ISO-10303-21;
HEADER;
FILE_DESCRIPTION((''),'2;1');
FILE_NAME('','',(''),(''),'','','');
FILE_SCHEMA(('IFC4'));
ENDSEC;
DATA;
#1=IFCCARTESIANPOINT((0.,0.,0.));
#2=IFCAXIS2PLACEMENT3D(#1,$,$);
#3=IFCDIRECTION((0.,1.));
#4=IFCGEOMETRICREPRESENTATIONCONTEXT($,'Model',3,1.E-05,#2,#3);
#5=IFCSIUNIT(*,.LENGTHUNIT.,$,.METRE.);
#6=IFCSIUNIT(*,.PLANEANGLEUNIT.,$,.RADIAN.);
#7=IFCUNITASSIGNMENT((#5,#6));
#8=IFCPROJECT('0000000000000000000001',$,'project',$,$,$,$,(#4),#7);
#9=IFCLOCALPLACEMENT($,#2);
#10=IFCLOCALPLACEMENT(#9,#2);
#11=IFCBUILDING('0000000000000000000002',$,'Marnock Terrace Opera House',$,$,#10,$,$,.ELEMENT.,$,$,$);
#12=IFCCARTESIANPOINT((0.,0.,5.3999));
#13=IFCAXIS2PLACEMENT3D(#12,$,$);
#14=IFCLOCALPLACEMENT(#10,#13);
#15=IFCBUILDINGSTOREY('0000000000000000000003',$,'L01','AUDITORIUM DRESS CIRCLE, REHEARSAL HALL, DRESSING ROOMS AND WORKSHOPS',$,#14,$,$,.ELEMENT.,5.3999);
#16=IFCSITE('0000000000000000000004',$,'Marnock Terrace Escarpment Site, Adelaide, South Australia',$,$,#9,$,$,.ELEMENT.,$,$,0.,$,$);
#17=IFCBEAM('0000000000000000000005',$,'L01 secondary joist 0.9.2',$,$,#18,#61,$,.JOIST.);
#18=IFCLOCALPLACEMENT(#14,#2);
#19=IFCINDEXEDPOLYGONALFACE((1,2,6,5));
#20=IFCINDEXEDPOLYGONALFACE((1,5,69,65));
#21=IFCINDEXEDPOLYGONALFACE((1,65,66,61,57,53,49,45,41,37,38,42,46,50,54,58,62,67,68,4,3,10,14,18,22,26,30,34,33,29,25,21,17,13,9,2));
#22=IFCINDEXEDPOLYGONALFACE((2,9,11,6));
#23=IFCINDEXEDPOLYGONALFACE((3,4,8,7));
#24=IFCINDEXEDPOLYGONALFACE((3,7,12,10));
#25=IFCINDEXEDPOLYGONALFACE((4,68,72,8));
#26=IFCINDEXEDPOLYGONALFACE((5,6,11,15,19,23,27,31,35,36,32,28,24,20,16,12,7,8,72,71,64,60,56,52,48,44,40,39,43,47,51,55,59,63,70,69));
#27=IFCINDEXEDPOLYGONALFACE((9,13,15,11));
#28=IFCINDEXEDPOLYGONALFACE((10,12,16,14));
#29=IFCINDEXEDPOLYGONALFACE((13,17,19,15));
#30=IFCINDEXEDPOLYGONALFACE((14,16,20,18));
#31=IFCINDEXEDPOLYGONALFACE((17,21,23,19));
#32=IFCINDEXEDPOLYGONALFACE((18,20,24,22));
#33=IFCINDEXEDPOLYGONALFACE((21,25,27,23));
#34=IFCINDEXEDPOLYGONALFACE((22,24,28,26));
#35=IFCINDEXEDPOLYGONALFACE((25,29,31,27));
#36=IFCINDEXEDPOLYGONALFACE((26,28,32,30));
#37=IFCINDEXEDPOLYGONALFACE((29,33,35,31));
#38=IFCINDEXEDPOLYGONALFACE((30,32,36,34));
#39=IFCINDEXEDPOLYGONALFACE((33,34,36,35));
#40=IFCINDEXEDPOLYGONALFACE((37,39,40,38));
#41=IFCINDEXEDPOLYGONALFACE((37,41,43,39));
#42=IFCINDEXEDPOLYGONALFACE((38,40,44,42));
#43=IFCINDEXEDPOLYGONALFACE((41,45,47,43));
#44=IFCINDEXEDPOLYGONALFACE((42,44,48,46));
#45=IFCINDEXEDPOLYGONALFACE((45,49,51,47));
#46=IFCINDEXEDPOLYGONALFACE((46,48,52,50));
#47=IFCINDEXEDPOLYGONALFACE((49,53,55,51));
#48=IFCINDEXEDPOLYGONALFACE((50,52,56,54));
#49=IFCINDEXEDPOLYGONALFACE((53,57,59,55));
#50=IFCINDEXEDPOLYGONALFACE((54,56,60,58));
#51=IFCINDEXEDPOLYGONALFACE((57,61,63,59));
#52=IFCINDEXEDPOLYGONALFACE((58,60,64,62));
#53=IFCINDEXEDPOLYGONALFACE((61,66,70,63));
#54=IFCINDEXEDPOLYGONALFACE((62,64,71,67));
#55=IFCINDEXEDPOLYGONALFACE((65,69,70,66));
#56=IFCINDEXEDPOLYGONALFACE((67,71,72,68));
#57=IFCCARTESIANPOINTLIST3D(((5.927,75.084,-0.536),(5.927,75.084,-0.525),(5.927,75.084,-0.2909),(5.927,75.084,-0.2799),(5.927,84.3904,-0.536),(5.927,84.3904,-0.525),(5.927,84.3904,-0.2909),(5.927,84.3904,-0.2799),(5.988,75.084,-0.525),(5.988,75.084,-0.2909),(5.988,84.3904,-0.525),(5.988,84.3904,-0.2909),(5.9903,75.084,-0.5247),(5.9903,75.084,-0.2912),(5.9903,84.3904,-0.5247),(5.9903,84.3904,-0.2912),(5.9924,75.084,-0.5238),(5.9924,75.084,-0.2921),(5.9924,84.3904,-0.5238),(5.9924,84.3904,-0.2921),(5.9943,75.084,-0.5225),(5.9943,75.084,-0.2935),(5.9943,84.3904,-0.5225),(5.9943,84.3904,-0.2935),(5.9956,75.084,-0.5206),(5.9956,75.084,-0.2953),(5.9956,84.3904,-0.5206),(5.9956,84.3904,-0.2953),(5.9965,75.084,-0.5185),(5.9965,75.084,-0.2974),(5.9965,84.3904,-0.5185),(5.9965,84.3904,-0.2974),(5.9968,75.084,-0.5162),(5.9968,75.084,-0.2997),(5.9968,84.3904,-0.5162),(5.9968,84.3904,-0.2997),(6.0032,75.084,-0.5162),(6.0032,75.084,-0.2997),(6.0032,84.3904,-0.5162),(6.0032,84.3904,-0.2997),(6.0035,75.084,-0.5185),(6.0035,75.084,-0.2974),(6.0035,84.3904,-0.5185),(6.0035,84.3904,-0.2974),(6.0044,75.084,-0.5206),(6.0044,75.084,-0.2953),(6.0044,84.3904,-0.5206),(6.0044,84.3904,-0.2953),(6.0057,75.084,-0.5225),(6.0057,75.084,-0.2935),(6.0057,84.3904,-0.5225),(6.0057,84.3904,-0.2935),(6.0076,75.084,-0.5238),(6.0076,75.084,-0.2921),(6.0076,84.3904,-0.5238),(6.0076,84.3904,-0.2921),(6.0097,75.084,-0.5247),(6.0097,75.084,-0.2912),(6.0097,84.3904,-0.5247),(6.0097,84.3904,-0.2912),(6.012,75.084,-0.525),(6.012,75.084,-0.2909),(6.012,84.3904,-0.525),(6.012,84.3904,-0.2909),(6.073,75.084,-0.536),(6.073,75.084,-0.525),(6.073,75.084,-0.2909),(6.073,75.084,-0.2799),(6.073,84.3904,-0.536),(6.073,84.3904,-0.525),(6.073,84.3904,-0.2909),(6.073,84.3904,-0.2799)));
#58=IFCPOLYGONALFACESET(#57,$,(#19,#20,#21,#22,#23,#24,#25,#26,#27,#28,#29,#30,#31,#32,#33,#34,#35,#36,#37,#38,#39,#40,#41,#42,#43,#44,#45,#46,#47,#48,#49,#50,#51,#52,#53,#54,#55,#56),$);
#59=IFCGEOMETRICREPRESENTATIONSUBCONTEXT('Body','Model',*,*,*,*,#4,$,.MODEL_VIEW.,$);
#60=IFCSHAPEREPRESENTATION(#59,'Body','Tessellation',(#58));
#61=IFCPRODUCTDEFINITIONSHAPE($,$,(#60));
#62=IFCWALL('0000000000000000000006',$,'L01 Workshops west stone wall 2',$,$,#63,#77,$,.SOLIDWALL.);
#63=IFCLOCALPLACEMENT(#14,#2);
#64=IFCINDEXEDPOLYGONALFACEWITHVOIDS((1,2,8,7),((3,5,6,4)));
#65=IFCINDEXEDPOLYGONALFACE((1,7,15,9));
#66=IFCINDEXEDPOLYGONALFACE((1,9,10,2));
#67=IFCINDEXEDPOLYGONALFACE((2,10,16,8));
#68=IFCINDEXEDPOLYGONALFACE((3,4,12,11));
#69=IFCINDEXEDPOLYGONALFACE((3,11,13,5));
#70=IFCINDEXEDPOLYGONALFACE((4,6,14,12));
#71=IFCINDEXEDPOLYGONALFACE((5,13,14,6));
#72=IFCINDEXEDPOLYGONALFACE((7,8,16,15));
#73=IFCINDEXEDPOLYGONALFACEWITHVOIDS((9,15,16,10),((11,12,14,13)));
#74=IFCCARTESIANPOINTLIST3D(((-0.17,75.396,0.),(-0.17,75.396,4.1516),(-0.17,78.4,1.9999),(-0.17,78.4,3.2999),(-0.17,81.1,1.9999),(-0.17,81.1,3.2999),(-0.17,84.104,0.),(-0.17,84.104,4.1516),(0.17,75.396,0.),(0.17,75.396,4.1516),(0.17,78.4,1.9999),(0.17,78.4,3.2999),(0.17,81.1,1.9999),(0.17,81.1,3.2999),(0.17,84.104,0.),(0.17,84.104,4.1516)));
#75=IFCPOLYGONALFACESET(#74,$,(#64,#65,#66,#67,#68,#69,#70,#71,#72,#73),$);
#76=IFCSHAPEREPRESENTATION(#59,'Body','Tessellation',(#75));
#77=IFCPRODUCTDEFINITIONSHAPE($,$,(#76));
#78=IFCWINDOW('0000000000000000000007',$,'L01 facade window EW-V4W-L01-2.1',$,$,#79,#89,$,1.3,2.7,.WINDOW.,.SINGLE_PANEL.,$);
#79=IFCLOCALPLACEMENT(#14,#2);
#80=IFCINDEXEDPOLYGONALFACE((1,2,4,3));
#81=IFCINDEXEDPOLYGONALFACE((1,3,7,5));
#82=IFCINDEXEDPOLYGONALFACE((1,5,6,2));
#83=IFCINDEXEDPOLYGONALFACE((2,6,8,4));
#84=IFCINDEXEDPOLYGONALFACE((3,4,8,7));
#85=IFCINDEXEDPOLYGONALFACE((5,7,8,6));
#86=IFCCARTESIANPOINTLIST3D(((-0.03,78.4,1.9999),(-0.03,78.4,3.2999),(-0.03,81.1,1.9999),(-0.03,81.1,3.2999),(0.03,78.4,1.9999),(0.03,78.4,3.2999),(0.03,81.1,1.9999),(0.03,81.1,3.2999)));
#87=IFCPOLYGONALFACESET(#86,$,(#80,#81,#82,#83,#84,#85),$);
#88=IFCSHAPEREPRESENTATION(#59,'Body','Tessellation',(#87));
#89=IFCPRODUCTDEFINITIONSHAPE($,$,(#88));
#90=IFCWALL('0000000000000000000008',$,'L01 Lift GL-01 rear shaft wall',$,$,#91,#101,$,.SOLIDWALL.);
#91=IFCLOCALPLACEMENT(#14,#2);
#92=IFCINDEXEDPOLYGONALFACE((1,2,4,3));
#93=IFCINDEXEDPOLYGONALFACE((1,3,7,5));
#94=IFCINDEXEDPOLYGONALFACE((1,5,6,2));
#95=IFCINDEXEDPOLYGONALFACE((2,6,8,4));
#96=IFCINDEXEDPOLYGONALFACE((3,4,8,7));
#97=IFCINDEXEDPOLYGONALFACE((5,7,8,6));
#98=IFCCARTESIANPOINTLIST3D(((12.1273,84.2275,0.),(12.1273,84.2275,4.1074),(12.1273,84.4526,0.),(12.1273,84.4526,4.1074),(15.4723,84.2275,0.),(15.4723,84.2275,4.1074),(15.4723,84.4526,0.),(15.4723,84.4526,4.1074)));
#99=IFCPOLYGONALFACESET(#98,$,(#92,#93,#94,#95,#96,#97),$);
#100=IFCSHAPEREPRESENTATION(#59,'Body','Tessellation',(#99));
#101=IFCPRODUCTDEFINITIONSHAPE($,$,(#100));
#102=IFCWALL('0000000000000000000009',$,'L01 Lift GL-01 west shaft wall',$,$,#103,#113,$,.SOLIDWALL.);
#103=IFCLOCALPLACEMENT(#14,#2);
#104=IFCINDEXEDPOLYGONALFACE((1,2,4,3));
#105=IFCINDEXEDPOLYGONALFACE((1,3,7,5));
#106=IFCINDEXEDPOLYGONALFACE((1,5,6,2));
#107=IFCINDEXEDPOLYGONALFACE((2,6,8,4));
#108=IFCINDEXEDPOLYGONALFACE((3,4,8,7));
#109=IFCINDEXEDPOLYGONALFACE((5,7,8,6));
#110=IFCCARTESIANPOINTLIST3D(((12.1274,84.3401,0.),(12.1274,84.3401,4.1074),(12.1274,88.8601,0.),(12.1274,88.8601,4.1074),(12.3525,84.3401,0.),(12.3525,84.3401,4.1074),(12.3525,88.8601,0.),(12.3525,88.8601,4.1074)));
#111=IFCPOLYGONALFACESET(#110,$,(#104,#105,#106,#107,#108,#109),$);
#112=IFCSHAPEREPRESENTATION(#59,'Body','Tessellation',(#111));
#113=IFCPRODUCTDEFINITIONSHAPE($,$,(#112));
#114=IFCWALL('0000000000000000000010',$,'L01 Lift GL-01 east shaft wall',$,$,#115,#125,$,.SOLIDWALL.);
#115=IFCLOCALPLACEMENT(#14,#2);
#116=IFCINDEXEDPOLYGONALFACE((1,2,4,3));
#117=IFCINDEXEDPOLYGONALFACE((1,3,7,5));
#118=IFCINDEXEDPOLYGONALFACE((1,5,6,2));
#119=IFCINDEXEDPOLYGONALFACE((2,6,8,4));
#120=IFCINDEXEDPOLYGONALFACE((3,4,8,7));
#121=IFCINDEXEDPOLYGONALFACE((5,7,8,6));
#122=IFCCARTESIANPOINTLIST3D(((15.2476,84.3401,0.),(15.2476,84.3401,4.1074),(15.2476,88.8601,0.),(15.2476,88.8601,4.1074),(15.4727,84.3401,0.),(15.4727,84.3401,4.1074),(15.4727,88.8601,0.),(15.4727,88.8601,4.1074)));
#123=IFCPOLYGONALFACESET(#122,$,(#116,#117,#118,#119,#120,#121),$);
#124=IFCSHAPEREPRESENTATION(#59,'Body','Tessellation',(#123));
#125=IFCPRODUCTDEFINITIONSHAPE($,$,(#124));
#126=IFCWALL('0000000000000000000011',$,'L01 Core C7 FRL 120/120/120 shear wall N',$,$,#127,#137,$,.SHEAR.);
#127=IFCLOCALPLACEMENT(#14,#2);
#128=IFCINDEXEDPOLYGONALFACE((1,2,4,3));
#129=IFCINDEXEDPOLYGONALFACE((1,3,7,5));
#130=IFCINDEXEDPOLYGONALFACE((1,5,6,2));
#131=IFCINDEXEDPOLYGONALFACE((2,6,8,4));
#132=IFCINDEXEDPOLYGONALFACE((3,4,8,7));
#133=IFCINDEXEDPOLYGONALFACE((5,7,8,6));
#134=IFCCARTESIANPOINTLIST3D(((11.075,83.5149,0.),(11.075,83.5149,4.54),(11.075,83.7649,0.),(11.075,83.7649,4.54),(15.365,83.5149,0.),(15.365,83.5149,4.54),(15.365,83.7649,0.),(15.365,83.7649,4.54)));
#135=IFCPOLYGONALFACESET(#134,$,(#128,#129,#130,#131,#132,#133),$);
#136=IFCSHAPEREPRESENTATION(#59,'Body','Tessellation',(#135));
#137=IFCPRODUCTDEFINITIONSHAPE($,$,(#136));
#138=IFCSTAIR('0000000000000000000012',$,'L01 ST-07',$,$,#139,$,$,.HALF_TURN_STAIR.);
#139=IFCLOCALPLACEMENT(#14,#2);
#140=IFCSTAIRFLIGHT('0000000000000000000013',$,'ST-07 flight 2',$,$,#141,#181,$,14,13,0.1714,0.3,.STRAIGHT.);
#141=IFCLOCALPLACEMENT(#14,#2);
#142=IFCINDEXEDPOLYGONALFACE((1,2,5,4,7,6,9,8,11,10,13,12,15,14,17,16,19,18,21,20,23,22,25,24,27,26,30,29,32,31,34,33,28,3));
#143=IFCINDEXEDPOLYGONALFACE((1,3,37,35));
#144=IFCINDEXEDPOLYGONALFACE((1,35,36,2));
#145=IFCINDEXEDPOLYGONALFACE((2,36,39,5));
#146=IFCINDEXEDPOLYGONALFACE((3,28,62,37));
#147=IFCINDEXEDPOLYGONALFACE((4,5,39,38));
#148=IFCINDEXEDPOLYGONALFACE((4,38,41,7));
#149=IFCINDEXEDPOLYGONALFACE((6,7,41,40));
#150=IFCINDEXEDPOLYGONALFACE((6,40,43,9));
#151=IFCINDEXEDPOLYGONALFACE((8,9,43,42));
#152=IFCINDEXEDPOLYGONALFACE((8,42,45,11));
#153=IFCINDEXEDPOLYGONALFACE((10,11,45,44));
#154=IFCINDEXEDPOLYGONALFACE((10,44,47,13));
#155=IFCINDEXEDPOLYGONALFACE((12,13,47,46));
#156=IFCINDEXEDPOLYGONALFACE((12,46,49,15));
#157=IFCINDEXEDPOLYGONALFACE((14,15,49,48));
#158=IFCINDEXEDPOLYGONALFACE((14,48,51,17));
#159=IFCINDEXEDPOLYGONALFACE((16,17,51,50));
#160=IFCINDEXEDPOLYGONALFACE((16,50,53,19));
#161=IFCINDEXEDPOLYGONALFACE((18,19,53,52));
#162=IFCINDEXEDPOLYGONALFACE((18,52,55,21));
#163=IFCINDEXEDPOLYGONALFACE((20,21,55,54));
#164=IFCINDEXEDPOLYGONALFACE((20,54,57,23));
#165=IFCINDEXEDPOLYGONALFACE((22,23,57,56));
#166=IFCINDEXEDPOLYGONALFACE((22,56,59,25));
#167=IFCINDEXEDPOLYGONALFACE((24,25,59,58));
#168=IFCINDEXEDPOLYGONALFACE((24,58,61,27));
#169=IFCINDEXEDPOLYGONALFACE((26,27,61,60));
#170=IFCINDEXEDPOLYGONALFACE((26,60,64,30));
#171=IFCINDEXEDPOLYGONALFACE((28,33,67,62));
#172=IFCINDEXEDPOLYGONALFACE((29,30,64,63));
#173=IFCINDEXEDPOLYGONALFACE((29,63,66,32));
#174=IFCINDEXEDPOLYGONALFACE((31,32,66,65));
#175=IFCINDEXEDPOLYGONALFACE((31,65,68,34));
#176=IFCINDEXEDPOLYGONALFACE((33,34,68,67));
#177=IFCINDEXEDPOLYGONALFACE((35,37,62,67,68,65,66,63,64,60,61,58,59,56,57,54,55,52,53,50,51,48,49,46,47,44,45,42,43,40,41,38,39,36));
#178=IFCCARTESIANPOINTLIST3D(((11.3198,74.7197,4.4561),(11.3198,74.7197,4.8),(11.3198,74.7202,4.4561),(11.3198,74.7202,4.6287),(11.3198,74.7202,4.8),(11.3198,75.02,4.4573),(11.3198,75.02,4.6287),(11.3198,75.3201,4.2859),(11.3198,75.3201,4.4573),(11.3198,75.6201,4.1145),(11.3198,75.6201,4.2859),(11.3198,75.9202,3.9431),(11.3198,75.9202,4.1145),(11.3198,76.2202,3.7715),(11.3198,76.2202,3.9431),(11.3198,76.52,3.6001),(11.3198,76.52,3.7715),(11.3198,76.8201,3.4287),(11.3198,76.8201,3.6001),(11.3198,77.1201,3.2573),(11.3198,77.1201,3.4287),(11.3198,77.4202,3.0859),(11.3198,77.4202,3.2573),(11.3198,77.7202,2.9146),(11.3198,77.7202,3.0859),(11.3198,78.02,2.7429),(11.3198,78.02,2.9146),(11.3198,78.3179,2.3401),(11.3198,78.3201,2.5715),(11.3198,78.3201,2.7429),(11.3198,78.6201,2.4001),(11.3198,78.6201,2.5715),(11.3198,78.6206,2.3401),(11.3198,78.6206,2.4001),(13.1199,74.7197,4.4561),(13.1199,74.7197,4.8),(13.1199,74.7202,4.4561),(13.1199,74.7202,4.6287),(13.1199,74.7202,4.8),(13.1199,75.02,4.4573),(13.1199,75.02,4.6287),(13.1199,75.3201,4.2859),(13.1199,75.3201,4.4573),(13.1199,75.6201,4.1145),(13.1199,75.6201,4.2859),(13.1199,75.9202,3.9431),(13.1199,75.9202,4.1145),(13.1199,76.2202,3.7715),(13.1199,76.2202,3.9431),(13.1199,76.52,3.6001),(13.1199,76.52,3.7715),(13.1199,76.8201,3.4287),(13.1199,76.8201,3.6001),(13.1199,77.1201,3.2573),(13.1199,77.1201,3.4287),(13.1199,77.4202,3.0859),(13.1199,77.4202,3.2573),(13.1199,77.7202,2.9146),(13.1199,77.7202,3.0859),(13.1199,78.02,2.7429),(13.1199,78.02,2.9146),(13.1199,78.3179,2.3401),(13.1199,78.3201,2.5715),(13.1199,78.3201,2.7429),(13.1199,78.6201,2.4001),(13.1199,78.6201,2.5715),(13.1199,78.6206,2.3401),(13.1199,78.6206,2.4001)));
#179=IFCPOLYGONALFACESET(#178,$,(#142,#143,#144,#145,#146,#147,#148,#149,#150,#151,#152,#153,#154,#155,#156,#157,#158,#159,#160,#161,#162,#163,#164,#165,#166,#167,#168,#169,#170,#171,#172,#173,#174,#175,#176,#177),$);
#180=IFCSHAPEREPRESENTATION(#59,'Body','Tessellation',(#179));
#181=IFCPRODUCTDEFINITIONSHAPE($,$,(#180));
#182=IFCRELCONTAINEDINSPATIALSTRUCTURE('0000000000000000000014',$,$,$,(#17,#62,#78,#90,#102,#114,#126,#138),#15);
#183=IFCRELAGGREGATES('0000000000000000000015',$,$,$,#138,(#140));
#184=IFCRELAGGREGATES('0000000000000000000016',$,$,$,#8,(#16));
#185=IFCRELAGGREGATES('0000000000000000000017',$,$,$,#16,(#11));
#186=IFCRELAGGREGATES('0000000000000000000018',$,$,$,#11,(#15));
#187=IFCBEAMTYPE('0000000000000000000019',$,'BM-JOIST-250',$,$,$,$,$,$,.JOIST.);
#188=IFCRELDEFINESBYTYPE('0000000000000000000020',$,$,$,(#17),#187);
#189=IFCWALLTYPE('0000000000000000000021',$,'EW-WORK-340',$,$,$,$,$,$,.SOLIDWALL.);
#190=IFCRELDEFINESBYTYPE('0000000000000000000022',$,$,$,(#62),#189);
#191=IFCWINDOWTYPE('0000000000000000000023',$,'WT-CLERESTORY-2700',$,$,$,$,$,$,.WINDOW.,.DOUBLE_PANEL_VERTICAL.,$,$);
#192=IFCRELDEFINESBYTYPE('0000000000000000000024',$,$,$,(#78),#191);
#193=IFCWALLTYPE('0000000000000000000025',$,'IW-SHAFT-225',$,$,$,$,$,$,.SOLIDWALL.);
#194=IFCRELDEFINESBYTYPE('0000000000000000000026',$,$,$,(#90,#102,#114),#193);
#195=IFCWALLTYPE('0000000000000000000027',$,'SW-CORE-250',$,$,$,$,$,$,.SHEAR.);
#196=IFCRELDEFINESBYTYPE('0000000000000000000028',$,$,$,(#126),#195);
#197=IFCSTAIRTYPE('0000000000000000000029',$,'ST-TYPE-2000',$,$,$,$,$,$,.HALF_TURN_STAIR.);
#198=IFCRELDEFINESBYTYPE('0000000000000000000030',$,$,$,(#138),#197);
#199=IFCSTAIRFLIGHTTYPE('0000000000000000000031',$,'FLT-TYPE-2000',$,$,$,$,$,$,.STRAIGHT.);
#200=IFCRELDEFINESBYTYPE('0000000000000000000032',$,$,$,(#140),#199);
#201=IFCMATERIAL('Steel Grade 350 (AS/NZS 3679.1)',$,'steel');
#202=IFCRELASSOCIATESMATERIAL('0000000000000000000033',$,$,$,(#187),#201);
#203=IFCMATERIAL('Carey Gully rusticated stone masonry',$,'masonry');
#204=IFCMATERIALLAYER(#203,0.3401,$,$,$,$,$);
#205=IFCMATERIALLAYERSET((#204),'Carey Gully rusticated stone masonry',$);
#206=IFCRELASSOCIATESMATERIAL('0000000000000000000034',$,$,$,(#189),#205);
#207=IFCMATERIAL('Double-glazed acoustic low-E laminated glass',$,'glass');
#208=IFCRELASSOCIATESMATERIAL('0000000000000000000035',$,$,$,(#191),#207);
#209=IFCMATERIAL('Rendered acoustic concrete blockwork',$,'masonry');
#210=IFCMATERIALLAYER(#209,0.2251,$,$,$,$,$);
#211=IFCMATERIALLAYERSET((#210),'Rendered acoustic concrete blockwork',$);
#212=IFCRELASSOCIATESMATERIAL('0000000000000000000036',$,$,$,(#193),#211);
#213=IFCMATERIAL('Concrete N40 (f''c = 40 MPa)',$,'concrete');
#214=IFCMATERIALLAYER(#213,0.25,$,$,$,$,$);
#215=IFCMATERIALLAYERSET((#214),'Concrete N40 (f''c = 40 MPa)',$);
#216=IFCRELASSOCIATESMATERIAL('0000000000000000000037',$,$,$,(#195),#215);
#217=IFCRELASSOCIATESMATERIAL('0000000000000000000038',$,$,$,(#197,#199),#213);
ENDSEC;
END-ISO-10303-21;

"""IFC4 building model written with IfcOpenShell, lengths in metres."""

from ifc_helpers import new_model, si_unit, direction, frame, frame_2d, origin, origin_2d, place, context, subcontext, project, spatial, polyline, rectangle, i_section, outline, extrude, material, layer, layer_set, material_profile, profile_set, type_object, element, fill, aggregate, save


model = new_model("IFC4")

# Units and contexts
model_context = context("Model", 3, precision=1e-05, world=origin(), true_north=direction((0.0, 1.0)))
body_context = subcontext(model_context, "Body", "Model", "MODEL_VIEW")
ifc_project = project(units=[si_unit("LENGTHUNIT", "METRE"), si_unit("PLANEANGLEUNIT", "RADIAN")], contexts=[model_context])

# Site, building, storey
site_placement = place(None, origin())
site = spatial("IfcSite", under=ifc_project, at=site_placement, Name="Marnock Terrace Escarpment Site, Adelaide, South Australia", CompositionType="ELEMENT", RefElevation=0.0)
building_placement = place(site_placement, origin())
building = spatial("IfcBuilding", under=site, at=building_placement, Name="Marnock Terrace Opera House", CompositionType="ELEMENT")
storey_placement = place(building_placement, frame((0.0, 0.0, 5.3999)))
storey = spatial("IfcBuildingStorey", under=building, at=storey_placement, Name="L01", Description="AUDITORIUM DRESS CIRCLE, REHEARSAL HALL, DRESSING ROOMS AND WORKSHOPS", CompositionType="ELEMENT", Elevation=5.3999)

# Shared definitions
ifc_material_1 = material(Name="Concrete N40 (f'c = 40 MPa)", Category="concrete")

# Beam
ifc_material_2 = material(Name="Steel Grade 350 (AS/NZS 3679.1)", Category="steel")
ifc_material_profile_1 = material_profile(ifc_material_2, i_section(OverallWidth=0.146, OverallDepth=0.2561, WebThickness=0.0063, FlangeThickness=0.011, FilletRadius=0.0088, at=origin_2d()))
ifc_profile_set_1 = profile_set([ifc_material_profile_1], Name="Steel Grade 350 (AS/NZS 3679.1)")
beam_type_1 = type_object("IfcBeamType", Name="BM-JOIST-250", PredefinedType="JOIST", material=ifc_profile_set_1)
for number, where, z_axis, x_axis, name in (
    (1, (6.0, 75.084, -0.408), (0.0, 1.0, 0.0), (-1.0, 0.0, 0.0), "L01 secondary joist 0.9.2"),
):
    element("IfcBeam", number, at=place(storey_placement, frame(where, z_axis=z_axis, x_axis=x_axis)), inside=storey, type_object=beam_type_1, Name=name, PredefinedType="JOIST", context=body_context, shape_type="SweptSolid", body=[
        extrude(i_section(OverallWidth=0.146, OverallDepth=0.2561, WebThickness=0.0063, FlangeThickness=0.011, FilletRadius=0.0088, at=origin_2d()), origin(), (0.0, 0.0, 1.0), 9.3064),
    ])

# Wall, opening, window
ifc_material_3 = material(Name="Carey Gully rusticated stone masonry", Category="masonry")
ifc_layer_1 = layer(ifc_material_3, 0.3401)
ifc_layer_set_1 = layer_set([ifc_layer_1], Name="Carey Gully rusticated stone masonry")
wall_type_1 = type_object("IfcWallType", Name="EW-WORK-340", PredefinedType="SOLIDWALL", material=ifc_layer_set_1)
wall_1_placement = place(storey_placement, frame((0.0, 75.396, 0.0), z_axis=(0.0, 0.0, 1.0), x_axis=(0.0, 1.0, 0.0)))
wall_1 = element("IfcWall", 2, at=wall_1_placement, inside=storey, type_object=wall_type_1, Name="L01 Workshops west stone wall 2", PredefinedType="SOLIDWALL", context=body_context, shape_type="SweptSolid", body=[
    extrude(rectangle(XDim=8.708, YDim=0.3401, at=frame_2d((4.354, 0.0))), origin(), (0.0, 0.0, 1.0), 4.1516),
])
opening_1_placement = place(wall_1_placement, frame((3.0039, 0.0, 2.0)))
opening_1 = element("IfcOpeningElement", 3, at=opening_1_placement, cuts=wall_1, PredefinedType="OPENING", context=body_context, shape_type="SweptSolid", body=[
    extrude(rectangle(XDim=2.7, YDim=1.3, at=frame_2d((1.3501, 0.6499))), frame((0.0, 0.1799, 0.0), z_axis=(0.0, -1.0, 0.0), x_axis=(1.0, 0.0, 0.0)), (0.0, 0.0, 1.0), 0.3601),
])
ifc_material_4 = material(Name="Double-glazed acoustic low-E laminated glass", Category="glass")
window_type = type_object("IfcWindowType", Name="WT-CLERESTORY-2700", PartitioningType="DOUBLE_PANEL_VERTICAL", PredefinedType="WINDOW", material=ifc_material_4)
window_placement = place(opening_1_placement, origin())
window = element("IfcWindow", 4, at=window_placement, inside=storey, type_object=window_type, Name="L01 facade window EW-V4W-L01-2.1", OverallHeight=1.3, OverallWidth=2.7, PartitioningType="SINGLE_PANEL", PredefinedType="WINDOW", context=body_context, shape_type="SweptSolid", body=[
    extrude(rectangle(XDim=2.7, YDim=1.3, at=frame_2d((1.3501, 0.6499))), frame((0.0, 0.03, 0.0), z_axis=(0.0, -1.0, 0.0), x_axis=(1.0, 0.0, 0.0)), (0.0, 0.0, 1.0), 0.0601),
])
fill(opening_1, window)

# Shared definitions
ifc_material_5 = material(Name="Rendered acoustic concrete blockwork", Category="masonry")

# Walls
ifc_layer_2 = layer(ifc_material_5, 0.2251)
ifc_layer_set_2 = layer_set([ifc_layer_2], Name="Rendered acoustic concrete blockwork")
wall_type_2 = type_object("IfcWallType", Name="IW-SHAFT-225", PredefinedType="SOLIDWALL", material=ifc_layer_set_2)
wall_2_placement = place(storey_placement, frame((12.1274, 84.3401, 0.0), z_axis=(0.0, 0.0, 1.0), x_axis=(1.0, 0.0, 0.0)))
element("IfcWall", 5, at=wall_2_placement, inside=storey, type_object=wall_type_2, Name="L01 Lift GL-01 rear shaft wall", PredefinedType="SOLIDWALL", context=body_context, shape_type="SweptSolid", body=[
    extrude(rectangle(XDim=3.345, YDim=0.2251, at=frame_2d((1.6724, 0.0))), origin(), (0.0, 0.0, 1.0), 4.1074),
])
for number, where, z_axis, x_axis, name in (
    (6, (12.24, 84.3401, 0.0), (0.0, 0.0, 1.0), (0.0, 1.0, 0.0), "L01 Lift GL-01 west shaft wall"),
    (7, (15.3601, 84.3401, 0.0), (0.0, 0.0, 1.0), (0.0, 1.0, 0.0), "L01 Lift GL-01 east shaft wall"),
):
    element("IfcWall", number, at=place(storey_placement, frame(where, z_axis=z_axis, x_axis=x_axis)), inside=storey, type_object=wall_type_2, Name=name, PredefinedType="SOLIDWALL", context=body_context, shape_type="SweptSolid", body=[
        extrude(rectangle(XDim=4.52, YDim=0.2251, at=frame_2d((2.26, 0.0))), origin(), (0.0, 0.0, 1.0), 4.1074),
    ])
ifc_layer_3 = layer(ifc_material_1, 0.25)
ifc_layer_set_3 = layer_set([ifc_layer_3], Name="Concrete N40 (f'c = 40 MPa)")
wall_type_3 = type_object("IfcWallType", Name="SW-CORE-250", PredefinedType="SHEAR", material=ifc_layer_set_3)
wall_3_placement = place(storey_placement, frame((11.075, 83.6399, 0.0), z_axis=(0.0, 0.0, 1.0), x_axis=(1.0, 0.0, 0.0)))
element("IfcWall", 8, at=wall_3_placement, inside=storey, type_object=wall_type_3, Name="L01 Core C7 FRL 120/120/120 shear wall N", PredefinedType="SHEAR", context=body_context, shape_type="SweptSolid", body=[
    extrude(rectangle(XDim=4.29, YDim=0.25, at=frame_2d((2.145, 0.0))), origin(), (0.0, 0.0, 1.0), 4.54),
])

# Stair, stair flight
stair_type = type_object("IfcStairType", Name="ST-TYPE-2000", PredefinedType="HALF_TURN_STAIR", material=ifc_material_1)
stair_placement = place(storey_placement, origin())
stair = element("IfcStair", 9, at=stair_placement, inside=storey, type_object=stair_type, Name="L01 ST-07", PredefinedType="HALF_TURN_STAIR")
stair_flight_type = type_object("IfcStairFlightType", Name="FLT-TYPE-2000", PredefinedType="STRAIGHT", material=ifc_material_1)
stair_flight_placement = place(storey_placement, frame((12.22, 78.6201, 2.4001), z_axis=(0.0, 0.0, 1.0), x_axis=(0.0, -1.0, 0.0)))
stair_flight = element("IfcStairFlight", 10, at=stair_flight_placement, type_object=stair_flight_type, Name="ST-07 flight 2", NumberOfRisers=14, NumberOfTreads=13, PredefinedType="STRAIGHT", RiserHeight=0.1714, TreadLength=0.3, context=body_context, shape_type="SweptSolid", body=[
    extrude(outline(polyline([(-0.0005, -0.0601), (-0.0005, 0.0), (0.0, 0.0), (0.0, 0.1714), (0.3, 0.1714), (0.3, 0.3428), (0.6001, 0.3428), (0.6001, 0.5144), (0.8999, 0.5144), (0.8999, 0.6858), (1.2, 0.6858), (1.2, 0.8572), (1.5, 0.8572), (1.5, 1.0286), (1.8, 1.0286), (1.8, 1.2), (2.1001, 1.2), (2.1001, 1.3713), (2.3999, 1.3713), (2.3999, 1.543), (2.7, 1.543), (2.7, 1.7144), (3.0, 1.7144), (3.0, 1.8857), (3.3, 1.8857), (3.3, 2.0571), (3.6001, 2.0571), (3.6001, 2.2285), (3.8999, 2.2285), (3.8999, 2.3999), (3.9004, 2.3999), (3.9004, 2.0559), (3.8999, 2.0559), (0.3022, -0.0601), (-0.0005, -0.0601)])), frame((0.0, 0.8999, 0.0), z_axis=(0.0, -1.0, 0.0), x_axis=(1.0, 0.0, 0.0)), (0.0, 0.0, 1.0), 1.8),
])
aggregate(stair, [stair_flight])

save(model, "model.ifc")
